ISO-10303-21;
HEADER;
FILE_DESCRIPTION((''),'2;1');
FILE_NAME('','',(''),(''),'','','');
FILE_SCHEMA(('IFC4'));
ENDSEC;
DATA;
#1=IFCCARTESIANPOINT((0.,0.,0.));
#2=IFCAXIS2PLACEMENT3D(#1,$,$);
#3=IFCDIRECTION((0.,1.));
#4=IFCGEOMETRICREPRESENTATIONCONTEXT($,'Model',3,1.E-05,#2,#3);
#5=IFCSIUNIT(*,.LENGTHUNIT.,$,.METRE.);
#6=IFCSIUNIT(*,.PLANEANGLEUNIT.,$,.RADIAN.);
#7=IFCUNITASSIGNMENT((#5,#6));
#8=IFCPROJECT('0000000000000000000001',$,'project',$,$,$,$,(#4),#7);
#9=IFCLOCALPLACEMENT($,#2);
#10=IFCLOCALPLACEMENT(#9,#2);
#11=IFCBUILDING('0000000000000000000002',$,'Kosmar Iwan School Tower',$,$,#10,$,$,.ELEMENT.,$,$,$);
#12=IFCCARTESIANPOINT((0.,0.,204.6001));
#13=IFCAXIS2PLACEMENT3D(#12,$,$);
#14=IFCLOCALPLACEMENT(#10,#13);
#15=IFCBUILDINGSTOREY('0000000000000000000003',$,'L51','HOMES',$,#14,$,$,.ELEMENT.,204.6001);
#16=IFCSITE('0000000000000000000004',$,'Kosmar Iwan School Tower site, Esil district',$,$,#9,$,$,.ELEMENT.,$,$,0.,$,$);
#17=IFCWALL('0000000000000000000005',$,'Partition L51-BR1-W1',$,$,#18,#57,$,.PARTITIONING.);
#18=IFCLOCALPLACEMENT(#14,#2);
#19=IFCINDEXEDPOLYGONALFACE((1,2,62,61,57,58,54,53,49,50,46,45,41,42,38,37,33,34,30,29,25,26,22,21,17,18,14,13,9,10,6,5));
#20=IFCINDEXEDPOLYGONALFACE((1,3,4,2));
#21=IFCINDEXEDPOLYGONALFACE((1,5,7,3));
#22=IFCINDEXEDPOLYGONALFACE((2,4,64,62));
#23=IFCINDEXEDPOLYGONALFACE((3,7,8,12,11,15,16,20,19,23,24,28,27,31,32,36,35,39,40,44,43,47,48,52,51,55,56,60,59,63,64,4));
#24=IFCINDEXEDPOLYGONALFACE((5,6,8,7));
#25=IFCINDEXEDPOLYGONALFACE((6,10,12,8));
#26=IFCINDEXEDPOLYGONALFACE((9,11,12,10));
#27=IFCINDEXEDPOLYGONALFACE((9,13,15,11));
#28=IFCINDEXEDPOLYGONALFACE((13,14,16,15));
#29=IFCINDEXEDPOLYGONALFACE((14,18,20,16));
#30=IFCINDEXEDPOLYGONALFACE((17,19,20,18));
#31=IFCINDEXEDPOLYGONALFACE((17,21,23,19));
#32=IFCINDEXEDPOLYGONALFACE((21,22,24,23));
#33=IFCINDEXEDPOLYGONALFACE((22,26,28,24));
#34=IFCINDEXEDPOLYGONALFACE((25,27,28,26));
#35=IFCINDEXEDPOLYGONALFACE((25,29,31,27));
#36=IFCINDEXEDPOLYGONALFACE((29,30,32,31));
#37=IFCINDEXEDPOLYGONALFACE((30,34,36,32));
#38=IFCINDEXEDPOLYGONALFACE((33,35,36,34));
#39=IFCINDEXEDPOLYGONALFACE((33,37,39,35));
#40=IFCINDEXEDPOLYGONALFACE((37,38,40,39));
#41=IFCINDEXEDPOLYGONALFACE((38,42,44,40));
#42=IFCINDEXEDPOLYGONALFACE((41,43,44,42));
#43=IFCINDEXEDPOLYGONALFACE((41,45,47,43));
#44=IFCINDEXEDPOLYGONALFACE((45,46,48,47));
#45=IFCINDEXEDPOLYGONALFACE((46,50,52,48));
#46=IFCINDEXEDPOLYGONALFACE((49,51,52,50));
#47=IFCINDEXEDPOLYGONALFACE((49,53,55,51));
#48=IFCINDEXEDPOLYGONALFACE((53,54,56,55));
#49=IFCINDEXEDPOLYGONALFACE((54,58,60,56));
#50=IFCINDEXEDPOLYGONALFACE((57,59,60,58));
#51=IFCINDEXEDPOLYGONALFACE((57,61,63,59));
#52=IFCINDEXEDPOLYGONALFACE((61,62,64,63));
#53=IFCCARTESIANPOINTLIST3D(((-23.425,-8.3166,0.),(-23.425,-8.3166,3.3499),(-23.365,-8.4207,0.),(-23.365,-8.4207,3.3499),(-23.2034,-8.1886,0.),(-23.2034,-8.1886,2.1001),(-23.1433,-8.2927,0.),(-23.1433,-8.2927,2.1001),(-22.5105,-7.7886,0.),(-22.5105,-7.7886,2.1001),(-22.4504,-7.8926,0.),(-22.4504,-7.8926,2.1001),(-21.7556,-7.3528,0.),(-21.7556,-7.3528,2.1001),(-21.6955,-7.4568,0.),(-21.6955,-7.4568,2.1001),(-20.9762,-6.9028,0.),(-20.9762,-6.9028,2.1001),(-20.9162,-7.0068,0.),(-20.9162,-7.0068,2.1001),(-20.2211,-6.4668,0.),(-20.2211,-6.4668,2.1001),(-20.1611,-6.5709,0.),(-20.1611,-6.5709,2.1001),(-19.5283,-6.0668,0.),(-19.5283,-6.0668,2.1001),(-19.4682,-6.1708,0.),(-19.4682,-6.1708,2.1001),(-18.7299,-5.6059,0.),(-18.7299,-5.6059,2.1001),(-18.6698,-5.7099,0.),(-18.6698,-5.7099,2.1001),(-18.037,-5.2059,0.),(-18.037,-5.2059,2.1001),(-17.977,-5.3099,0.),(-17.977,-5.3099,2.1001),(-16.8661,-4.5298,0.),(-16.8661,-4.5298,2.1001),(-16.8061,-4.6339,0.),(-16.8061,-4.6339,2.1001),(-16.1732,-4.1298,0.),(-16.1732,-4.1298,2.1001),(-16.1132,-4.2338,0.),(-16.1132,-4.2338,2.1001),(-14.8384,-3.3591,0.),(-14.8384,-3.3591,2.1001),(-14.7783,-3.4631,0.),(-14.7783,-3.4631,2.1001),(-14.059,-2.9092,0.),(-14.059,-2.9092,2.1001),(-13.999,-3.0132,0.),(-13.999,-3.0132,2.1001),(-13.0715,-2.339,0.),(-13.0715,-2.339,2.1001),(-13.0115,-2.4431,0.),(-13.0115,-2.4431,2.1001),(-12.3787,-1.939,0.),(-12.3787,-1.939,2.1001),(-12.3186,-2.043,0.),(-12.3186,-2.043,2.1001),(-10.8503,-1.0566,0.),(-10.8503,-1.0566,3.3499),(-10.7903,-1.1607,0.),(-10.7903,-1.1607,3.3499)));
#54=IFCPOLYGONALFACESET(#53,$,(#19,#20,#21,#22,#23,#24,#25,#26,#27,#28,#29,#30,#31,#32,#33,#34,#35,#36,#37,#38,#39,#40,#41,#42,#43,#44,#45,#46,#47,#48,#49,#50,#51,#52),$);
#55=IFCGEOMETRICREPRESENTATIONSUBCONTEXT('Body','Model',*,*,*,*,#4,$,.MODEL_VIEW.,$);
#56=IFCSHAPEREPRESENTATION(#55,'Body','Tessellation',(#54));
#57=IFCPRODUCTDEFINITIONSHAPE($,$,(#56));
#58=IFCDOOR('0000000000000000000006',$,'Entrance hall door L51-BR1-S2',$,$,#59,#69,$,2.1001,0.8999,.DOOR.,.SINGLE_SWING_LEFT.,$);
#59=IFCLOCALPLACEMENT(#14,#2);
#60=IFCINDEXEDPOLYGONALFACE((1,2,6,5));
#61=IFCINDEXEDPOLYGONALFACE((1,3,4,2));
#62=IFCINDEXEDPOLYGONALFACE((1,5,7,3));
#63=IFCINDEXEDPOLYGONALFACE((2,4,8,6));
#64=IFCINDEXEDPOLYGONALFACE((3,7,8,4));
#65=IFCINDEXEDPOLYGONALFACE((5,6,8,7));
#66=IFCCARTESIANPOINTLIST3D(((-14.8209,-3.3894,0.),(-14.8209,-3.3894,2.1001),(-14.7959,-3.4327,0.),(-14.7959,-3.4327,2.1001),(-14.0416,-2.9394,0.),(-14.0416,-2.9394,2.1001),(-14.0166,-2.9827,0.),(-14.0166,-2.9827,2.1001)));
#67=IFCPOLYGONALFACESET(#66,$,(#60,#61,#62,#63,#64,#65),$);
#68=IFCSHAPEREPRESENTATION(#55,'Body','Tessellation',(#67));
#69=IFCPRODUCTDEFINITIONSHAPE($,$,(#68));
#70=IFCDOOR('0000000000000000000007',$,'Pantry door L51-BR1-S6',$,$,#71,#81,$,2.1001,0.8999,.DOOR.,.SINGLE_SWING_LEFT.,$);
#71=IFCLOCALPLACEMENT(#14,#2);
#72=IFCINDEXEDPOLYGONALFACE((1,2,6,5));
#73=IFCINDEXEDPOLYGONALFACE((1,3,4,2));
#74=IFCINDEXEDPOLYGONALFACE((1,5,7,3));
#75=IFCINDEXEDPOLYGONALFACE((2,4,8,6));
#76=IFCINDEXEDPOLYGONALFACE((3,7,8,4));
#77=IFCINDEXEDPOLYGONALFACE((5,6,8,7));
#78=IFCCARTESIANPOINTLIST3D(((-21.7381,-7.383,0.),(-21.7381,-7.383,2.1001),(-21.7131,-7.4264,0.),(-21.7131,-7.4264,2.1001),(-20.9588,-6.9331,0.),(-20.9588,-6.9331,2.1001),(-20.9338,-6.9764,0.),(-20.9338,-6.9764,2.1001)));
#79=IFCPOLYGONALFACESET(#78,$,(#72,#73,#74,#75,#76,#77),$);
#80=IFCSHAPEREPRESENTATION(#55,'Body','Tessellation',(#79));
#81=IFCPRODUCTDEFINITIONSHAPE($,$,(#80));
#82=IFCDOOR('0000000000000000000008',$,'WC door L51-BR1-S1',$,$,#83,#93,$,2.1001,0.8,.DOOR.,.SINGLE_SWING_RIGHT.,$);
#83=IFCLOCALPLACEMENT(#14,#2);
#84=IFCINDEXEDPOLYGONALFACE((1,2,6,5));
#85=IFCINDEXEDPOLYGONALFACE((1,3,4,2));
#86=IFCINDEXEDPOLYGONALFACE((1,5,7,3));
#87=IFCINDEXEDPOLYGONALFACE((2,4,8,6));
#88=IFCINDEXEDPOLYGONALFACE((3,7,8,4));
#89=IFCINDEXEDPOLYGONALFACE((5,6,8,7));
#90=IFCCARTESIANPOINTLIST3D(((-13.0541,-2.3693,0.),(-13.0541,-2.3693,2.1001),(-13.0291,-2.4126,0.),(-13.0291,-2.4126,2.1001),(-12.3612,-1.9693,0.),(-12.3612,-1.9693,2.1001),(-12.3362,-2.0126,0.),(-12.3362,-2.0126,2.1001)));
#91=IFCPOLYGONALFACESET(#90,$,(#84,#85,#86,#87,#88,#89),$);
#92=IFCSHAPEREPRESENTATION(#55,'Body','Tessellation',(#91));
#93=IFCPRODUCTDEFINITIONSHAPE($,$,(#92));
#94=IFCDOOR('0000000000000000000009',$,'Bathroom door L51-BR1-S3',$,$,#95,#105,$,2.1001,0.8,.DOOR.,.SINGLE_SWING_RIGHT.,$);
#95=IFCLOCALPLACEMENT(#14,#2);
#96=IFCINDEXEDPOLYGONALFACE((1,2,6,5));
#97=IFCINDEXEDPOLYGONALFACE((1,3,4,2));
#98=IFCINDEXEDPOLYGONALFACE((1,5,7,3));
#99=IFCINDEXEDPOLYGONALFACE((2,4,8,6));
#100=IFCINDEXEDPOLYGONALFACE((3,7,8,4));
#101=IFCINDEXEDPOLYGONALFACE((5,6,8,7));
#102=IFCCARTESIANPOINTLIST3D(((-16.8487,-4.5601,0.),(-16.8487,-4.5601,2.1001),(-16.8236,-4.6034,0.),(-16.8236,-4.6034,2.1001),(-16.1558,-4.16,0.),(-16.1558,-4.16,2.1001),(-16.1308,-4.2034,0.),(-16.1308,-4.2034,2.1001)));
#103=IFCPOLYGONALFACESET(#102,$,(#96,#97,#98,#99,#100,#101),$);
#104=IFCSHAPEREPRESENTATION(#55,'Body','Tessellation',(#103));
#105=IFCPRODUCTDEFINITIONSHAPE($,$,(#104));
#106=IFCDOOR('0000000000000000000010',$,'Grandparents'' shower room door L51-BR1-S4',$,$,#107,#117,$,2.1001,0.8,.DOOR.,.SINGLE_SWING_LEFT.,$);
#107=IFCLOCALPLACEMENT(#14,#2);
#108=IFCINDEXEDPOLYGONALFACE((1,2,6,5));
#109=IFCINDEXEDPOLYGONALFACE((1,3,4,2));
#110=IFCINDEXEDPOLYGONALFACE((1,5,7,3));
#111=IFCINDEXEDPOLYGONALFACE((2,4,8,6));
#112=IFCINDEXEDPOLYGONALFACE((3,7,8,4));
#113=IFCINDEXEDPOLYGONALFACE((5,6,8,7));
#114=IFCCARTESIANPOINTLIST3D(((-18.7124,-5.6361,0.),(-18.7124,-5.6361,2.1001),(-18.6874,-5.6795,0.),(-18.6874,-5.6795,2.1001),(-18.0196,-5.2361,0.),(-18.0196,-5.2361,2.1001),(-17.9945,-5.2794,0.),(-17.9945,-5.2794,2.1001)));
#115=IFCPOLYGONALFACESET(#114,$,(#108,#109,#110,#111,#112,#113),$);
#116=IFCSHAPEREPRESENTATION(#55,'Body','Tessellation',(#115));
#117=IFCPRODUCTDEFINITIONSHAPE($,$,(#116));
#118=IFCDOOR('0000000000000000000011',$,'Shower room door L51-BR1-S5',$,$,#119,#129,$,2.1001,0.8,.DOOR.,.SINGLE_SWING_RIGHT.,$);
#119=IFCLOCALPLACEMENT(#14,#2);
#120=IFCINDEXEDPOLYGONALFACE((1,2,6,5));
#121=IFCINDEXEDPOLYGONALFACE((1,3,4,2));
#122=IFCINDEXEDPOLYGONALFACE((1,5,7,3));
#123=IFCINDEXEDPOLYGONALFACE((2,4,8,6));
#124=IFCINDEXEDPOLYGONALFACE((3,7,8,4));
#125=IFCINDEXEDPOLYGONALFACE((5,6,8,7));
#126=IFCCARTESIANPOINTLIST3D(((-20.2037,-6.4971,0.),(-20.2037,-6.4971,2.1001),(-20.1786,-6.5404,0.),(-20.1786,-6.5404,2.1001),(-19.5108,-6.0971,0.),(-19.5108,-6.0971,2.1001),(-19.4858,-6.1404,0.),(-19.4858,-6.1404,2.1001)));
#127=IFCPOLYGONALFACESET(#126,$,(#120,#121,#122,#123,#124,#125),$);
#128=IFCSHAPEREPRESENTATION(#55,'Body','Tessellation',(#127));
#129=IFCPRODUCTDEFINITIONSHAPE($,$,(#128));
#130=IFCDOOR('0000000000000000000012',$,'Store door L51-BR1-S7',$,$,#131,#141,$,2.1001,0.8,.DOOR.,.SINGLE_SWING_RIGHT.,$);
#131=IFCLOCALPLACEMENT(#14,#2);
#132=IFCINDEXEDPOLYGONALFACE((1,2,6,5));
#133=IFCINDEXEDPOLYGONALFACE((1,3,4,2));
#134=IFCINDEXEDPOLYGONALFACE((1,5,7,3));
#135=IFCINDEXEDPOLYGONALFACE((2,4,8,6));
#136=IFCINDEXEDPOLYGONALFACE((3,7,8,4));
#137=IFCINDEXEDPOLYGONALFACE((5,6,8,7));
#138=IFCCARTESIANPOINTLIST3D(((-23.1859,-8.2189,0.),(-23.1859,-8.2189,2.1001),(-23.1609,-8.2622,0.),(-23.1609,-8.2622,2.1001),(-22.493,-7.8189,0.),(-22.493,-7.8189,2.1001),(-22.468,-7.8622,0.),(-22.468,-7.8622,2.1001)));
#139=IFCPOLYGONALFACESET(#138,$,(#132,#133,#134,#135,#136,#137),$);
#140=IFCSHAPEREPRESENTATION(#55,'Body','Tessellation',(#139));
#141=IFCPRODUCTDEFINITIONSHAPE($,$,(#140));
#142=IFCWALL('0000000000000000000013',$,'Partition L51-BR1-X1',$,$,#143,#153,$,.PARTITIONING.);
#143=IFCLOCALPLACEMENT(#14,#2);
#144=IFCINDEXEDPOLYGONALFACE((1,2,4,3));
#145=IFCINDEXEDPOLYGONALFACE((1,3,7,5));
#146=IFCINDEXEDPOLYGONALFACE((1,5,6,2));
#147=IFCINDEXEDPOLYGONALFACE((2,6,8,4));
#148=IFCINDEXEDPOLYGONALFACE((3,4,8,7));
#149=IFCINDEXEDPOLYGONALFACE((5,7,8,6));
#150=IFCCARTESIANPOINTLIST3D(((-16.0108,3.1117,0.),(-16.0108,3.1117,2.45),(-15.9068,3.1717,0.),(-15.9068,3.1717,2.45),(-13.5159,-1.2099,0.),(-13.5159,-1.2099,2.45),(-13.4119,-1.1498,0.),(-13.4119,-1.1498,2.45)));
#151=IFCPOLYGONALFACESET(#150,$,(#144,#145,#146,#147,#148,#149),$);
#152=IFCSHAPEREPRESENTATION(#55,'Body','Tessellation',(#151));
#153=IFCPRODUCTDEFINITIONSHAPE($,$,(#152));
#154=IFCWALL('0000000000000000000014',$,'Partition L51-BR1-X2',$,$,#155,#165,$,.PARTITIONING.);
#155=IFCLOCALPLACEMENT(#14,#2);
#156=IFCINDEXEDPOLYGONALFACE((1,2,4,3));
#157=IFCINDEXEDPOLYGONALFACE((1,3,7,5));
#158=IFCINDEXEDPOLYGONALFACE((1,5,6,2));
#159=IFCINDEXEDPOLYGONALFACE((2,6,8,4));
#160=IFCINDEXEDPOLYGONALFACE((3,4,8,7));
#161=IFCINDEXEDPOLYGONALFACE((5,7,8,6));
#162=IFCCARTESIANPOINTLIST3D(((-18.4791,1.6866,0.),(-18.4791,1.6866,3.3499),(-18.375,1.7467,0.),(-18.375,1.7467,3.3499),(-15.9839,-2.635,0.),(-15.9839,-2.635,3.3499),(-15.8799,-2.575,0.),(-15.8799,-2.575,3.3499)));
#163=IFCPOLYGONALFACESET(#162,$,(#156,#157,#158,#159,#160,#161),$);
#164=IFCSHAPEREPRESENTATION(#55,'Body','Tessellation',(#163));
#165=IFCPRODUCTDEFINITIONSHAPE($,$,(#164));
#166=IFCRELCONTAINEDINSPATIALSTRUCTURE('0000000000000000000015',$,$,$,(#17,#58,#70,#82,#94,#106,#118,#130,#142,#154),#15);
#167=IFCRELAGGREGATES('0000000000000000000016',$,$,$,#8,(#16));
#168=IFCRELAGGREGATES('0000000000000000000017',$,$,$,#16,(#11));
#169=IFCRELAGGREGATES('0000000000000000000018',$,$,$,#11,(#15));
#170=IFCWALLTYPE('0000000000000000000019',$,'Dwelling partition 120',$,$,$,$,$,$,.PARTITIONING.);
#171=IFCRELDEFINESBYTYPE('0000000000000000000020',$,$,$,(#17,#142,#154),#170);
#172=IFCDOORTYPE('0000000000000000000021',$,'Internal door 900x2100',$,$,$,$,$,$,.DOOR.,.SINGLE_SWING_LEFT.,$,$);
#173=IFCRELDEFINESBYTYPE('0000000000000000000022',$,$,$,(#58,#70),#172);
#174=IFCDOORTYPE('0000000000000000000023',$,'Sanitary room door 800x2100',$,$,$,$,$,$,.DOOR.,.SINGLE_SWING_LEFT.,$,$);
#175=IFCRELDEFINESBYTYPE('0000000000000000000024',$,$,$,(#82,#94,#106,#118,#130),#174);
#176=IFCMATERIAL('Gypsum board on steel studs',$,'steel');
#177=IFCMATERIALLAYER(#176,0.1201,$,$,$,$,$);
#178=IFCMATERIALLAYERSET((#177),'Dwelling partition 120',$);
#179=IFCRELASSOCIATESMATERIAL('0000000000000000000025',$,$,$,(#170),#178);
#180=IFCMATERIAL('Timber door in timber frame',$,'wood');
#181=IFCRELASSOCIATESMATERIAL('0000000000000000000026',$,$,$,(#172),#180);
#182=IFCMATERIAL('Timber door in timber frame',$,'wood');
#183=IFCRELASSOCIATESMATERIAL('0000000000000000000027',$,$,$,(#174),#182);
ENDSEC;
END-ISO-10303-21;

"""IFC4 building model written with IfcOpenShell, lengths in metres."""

from ifc_helpers import new_model, si_unit, direction, frame, frame_2d, origin, place, context, subcontext, project, spatial, rectangle, extrude, material, layer, layer_set, type_object, element, fill, save


model = new_model("IFC4")

# Units and contexts
model_context = context("Model", 3, precision=1e-05, world=origin(), true_north=direction((0.0, 1.0)))
body_context = subcontext(model_context, "Body", "Model", "MODEL_VIEW")
ifc_project = project(units=[si_unit("LENGTHUNIT", "METRE"), si_unit("PLANEANGLEUNIT", "RADIAN")], contexts=[model_context])

# Site, building, storey
site_placement = place(None, origin())
site = spatial("IfcSite", under=ifc_project, at=site_placement, Name="Kosmar Iwan School Tower site, Esil district", CompositionType="ELEMENT", RefElevation=0.0)
building_placement = place(site_placement, origin())
building = spatial("IfcBuilding", under=site, at=building_placement, Name="Kosmar Iwan School Tower", CompositionType="ELEMENT")
storey_placement = place(building_placement, frame((0.0, 0.0, 204.6001)))
storey = spatial("IfcBuildingStorey", under=building, at=storey_placement, Name="L51", Description="HOMES", CompositionType="ELEMENT", Elevation=204.6001)

# Shared definitions
ifc_material_1 = material(Name="Gypsum board on steel studs", Category="steel")
ifc_layer_1 = layer(ifc_material_1, 0.1201)
ifc_layer_set_1 = layer_set([ifc_layer_1], Name="Dwelling partition 120")
wall_type_1 = type_object("IfcWallType", Name="Dwelling partition 120", PredefinedType="PARTITIONING", material=ifc_layer_set_1)

# Wall, openings, doors
wall_1_placement = place(storey_placement, frame((-10.8203, -1.1086, 0.0), z_axis=(0.0, 0.0, 1.0), x_axis=(-0.866025, -0.5, 0.0)))
wall_1 = element("IfcWall", 1, at=wall_1_placement, inside=storey, type_object=wall_type_1, Name="Partition L51-BR1-W1", PredefinedType="PARTITIONING", context=body_context, shape_type="SweptSolid", body=[
    extrude(rectangle(XDim=14.52, YDim=0.1201, at=frame_2d((7.26, 0.0))), origin(), (0.0, 0.0, 1.0), 3.3499),
])
opening_1_placement = place(wall_1_placement, frame((1.7649, 0.0, 0.0)))
opening_1 = element("IfcOpeningElement", 2, at=opening_1_placement, cuts=wall_1, PredefinedType="OPENING", context=body_context, shape_type="SweptSolid", body=[
    extrude(rectangle(XDim=0.8, YDim=2.1001, at=frame_2d((0.3999, 1.05))), frame((0.0, 0.072, 0.0), z_axis=(0.0, -1.0, 0.0), x_axis=(1.0, 0.0, 0.0)), (0.0, 0.0, 1.0), 0.144),
])
opening_2_placement = place(wall_1_placement, frame((3.7051, 0.0, 0.0)))
opening_2 = element("IfcOpeningElement", 3, at=opening_2_placement, cuts=wall_1, PredefinedType="OPENING", context=body_context, shape_type="SweptSolid", body=[
    extrude(rectangle(XDim=0.8999, YDim=2.1001, at=frame_2d((0.45, 1.05))), frame((0.0, 0.072, 0.0), z_axis=(0.0, -1.0, 0.0), x_axis=(1.0, 0.0, 0.0)), (0.0, 0.0, 1.0), 0.144),
])
opening_3_placement = place(wall_1_placement, frame((6.1465, 0.0, 0.0)))
opening_3 = element("IfcOpeningElement", 4, at=opening_3_placement, cuts=wall_1, PredefinedType="OPENING", context=body_context, shape_type="SweptSolid", body=[
    extrude(rectangle(XDim=0.8, YDim=2.1001, at=frame_2d((0.3999, 1.05))), frame((0.0, 0.072, 0.0), z_axis=(0.0, -1.0, 0.0), x_axis=(1.0, 0.0, 0.0)), (0.0, 0.0, 1.0), 0.144),
])
opening_4_placement = place(wall_1_placement, frame((8.2986, 0.0, 0.0)))
opening_4 = element("IfcOpeningElement", 5, at=opening_4_placement, cuts=wall_1, PredefinedType="OPENING", context=body_context, shape_type="SweptSolid", body=[
    extrude(rectangle(XDim=0.8, YDim=2.1001, at=frame_2d((0.3999, 1.05))), frame((0.0, 0.072, 0.0), z_axis=(0.0, -1.0, 0.0), x_axis=(1.0, 0.0, 0.0)), (0.0, 0.0, 1.0), 0.144),
])
opening_5_placement = place(wall_1_placement, frame((10.0205, 0.0, 0.0)))
opening_5 = element("IfcOpeningElement", 6, at=opening_5_placement, cuts=wall_1, PredefinedType="OPENING", context=body_context, shape_type="SweptSolid", body=[
    extrude(rectangle(XDim=0.8, YDim=2.1001, at=frame_2d((0.3999, 1.05))), frame((0.0, 0.072, 0.0), z_axis=(0.0, -1.0, 0.0), x_axis=(1.0, 0.0, 0.0)), (0.0, 0.0, 1.0), 0.144),
])
opening_6_placement = place(wall_1_placement, frame((11.6924, 0.0, 0.0)))
opening_6 = element("IfcOpeningElement", 7, at=opening_6_placement, cuts=wall_1, PredefinedType="OPENING", context=body_context, shape_type="SweptSolid", body=[
    extrude(rectangle(XDim=0.8999, YDim=2.1001, at=frame_2d((0.45, 1.05))), frame((0.0, 0.072, 0.0), z_axis=(0.0, -1.0, 0.0), x_axis=(1.0, 0.0, 0.0)), (0.0, 0.0, 1.0), 0.144),
])
opening_7_placement = place(wall_1_placement, frame((13.4641, 0.0, 0.0)))
opening_7 = element("IfcOpeningElement", 8, at=opening_7_placement, cuts=wall_1, PredefinedType="OPENING", context=body_context, shape_type="SweptSolid", body=[
    extrude(rectangle(XDim=0.8, YDim=2.1001, at=frame_2d((0.3999, 1.05))), frame((0.0, 0.072, 0.0), z_axis=(0.0, -1.0, 0.0), x_axis=(1.0, 0.0, 0.0)), (0.0, 0.0, 1.0), 0.144),
])
ifc_material_2 = material(Name="Timber door in timber frame", Category="wood")
door_type_1 = type_object("IfcDoorType", Name="Internal door 900x2100", OperationType="SINGLE_SWING_LEFT", PredefinedType="DOOR", material=ifc_material_2)
door_1_placement = place(opening_2_placement, origin())
door_1 = element("IfcDoor", 9, at=door_1_placement, inside=storey, type_object=door_type_1, Name="Entrance hall door L51-BR1-S2", OperationType="SINGLE_SWING_LEFT", OverallHeight=2.1001, OverallWidth=0.8999, PredefinedType="DOOR", context=body_context, shape_type="SweptSolid", body=[
    extrude(rectangle(XDim=0.8999, YDim=2.1001, at=frame_2d((0.45, 1.05))), frame((0.0, 0.0249, 0.0), z_axis=(0.0, -1.0, 0.0), x_axis=(1.0, 0.0, 0.0)), (0.0, 0.0, 1.0), 0.05),
])
fill(opening_2, door_1)
door_2_placement = place(opening_6_placement, origin())
door_2 = element("IfcDoor", 10, at=door_2_placement, inside=storey, type_object=door_type_1, Name="Pantry door L51-BR1-S6", OperationType="SINGLE_SWING_LEFT", OverallHeight=2.1001, OverallWidth=0.8999, PredefinedType="DOOR", context=body_context, shape_type="SweptSolid", body=[
    extrude(rectangle(XDim=0.8999, YDim=2.1001, at=frame_2d((0.45, 1.05))), frame((0.0, 0.0249, 0.0), z_axis=(0.0, -1.0, 0.0), x_axis=(1.0, 0.0, 0.0)), (0.0, 0.0, 1.0), 0.05),
])
fill(opening_6, door_2)
ifc_material_3 = material(Name="Timber door in timber frame", Category="wood")
door_type_2 = type_object("IfcDoorType", Name="Sanitary room door 800x2100", OperationType="SINGLE_SWING_LEFT", PredefinedType="DOOR", material=ifc_material_3)
door_3_placement = place(opening_1_placement, origin())
door_3 = element("IfcDoor", 11, at=door_3_placement, inside=storey, type_object=door_type_2, Name="WC door L51-BR1-S1", OperationType="SINGLE_SWING_RIGHT", OverallHeight=2.1001, OverallWidth=0.8, PredefinedType="DOOR", context=body_context, shape_type="SweptSolid", body=[
    extrude(rectangle(XDim=0.8, YDim=2.1001, at=frame_2d((0.3999, 1.05))), frame((0.0, 0.0249, 0.0), z_axis=(0.0, -1.0, 0.0), x_axis=(1.0, 0.0, 0.0)), (0.0, 0.0, 1.0), 0.05),
])
fill(opening_1, door_3)
door_4_placement = place(opening_3_placement, origin())
door_4 = element("IfcDoor", 12, at=door_4_placement, inside=storey, type_object=door_type_2, Name="Bathroom door L51-BR1-S3", OperationType="SINGLE_SWING_RIGHT", OverallHeight=2.1001, OverallWidth=0.8, PredefinedType="DOOR", context=body_context, shape_type="SweptSolid", body=[
    extrude(rectangle(XDim=0.8, YDim=2.1001, at=frame_2d((0.3999, 1.05))), frame((0.0, 0.0249, 0.0), z_axis=(0.0, -1.0, 0.0), x_axis=(1.0, 0.0, 0.0)), (0.0, 0.0, 1.0), 0.05),
])
fill(opening_3, door_4)
door_5_placement = place(opening_4_placement, origin())
door_5 = element("IfcDoor", 13, at=door_5_placement, inside=storey, type_object=door_type_2, Name="Grandparents' shower room door L51-BR1-S4", OperationType="SINGLE_SWING_LEFT", OverallHeight=2.1001, OverallWidth=0.8, PredefinedType="DOOR", context=body_context, shape_type="SweptSolid", body=[
    extrude(rectangle(XDim=0.8, YDim=2.1001, at=frame_2d((0.3999, 1.05))), frame((0.0, 0.0249, 0.0), z_axis=(0.0, -1.0, 0.0), x_axis=(1.0, 0.0, 0.0)), (0.0, 0.0, 1.0), 0.05),
])
fill(opening_4, door_5)
door_6_placement = place(opening_5_placement, origin())
door_6 = element("IfcDoor", 14, at=door_6_placement, inside=storey, type_object=door_type_2, Name="Shower room door L51-BR1-S5", OperationType="SINGLE_SWING_RIGHT", OverallHeight=2.1001, OverallWidth=0.8, PredefinedType="DOOR", context=body_context, shape_type="SweptSolid", body=[
    extrude(rectangle(XDim=0.8, YDim=2.1001, at=frame_2d((0.3999, 1.05))), frame((0.0, 0.0249, 0.0), z_axis=(0.0, -1.0, 0.0), x_axis=(1.0, 0.0, 0.0)), (0.0, 0.0, 1.0), 0.05),
])
fill(opening_5, door_6)
door_7_placement = place(opening_7_placement, origin())
door_7 = element("IfcDoor", 15, at=door_7_placement, inside=storey, type_object=door_type_2, Name="Store door L51-BR1-S7", OperationType="SINGLE_SWING_RIGHT", OverallHeight=2.1001, OverallWidth=0.8, PredefinedType="DOOR", context=body_context, shape_type="SweptSolid", body=[
    extrude(rectangle(XDim=0.8, YDim=2.1001, at=frame_2d((0.3999, 1.05))), frame((0.0, 0.0249, 0.0), z_axis=(0.0, -1.0, 0.0), x_axis=(1.0, 0.0, 0.0)), (0.0, 0.0, 1.0), 0.05),
])
fill(opening_7, door_7)

# Walls
wall_2_placement = place(storey_placement, frame((-13.4639, -1.1799, 0.0), z_axis=(0.0, 0.0, 1.0), x_axis=(-0.499975, 0.86604, 0.0)))
element("IfcWall", 16, at=wall_2_placement, inside=storey, type_object=wall_type_1, Name="Partition L51-BR1-X1", PredefinedType="PARTITIONING", context=body_context, shape_type="SweptSolid", body=[
    extrude(rectangle(XDim=4.99, YDim=0.1201, at=frame_2d((2.4951, 0.0))), origin(), (0.0, 0.0, 1.0), 2.45),
])
wall_3_placement = place(storey_placement, frame((-15.9319, -2.605, 0.0), z_axis=(0.0, 0.0, 1.0), x_axis=(-0.500012, 0.866019, 0.0)))
element("IfcWall", 17, at=wall_3_placement, inside=storey, type_object=wall_type_1, Name="Partition L51-BR1-X2", PredefinedType="PARTITIONING", context=body_context, shape_type="SweptSolid", body=[
    extrude(rectangle(XDim=4.9902, YDim=0.1201, at=frame_2d((2.4951, 0.0))), origin(), (0.0, 0.0, 1.0), 3.3499),
])

save(model, "model.ifc")
